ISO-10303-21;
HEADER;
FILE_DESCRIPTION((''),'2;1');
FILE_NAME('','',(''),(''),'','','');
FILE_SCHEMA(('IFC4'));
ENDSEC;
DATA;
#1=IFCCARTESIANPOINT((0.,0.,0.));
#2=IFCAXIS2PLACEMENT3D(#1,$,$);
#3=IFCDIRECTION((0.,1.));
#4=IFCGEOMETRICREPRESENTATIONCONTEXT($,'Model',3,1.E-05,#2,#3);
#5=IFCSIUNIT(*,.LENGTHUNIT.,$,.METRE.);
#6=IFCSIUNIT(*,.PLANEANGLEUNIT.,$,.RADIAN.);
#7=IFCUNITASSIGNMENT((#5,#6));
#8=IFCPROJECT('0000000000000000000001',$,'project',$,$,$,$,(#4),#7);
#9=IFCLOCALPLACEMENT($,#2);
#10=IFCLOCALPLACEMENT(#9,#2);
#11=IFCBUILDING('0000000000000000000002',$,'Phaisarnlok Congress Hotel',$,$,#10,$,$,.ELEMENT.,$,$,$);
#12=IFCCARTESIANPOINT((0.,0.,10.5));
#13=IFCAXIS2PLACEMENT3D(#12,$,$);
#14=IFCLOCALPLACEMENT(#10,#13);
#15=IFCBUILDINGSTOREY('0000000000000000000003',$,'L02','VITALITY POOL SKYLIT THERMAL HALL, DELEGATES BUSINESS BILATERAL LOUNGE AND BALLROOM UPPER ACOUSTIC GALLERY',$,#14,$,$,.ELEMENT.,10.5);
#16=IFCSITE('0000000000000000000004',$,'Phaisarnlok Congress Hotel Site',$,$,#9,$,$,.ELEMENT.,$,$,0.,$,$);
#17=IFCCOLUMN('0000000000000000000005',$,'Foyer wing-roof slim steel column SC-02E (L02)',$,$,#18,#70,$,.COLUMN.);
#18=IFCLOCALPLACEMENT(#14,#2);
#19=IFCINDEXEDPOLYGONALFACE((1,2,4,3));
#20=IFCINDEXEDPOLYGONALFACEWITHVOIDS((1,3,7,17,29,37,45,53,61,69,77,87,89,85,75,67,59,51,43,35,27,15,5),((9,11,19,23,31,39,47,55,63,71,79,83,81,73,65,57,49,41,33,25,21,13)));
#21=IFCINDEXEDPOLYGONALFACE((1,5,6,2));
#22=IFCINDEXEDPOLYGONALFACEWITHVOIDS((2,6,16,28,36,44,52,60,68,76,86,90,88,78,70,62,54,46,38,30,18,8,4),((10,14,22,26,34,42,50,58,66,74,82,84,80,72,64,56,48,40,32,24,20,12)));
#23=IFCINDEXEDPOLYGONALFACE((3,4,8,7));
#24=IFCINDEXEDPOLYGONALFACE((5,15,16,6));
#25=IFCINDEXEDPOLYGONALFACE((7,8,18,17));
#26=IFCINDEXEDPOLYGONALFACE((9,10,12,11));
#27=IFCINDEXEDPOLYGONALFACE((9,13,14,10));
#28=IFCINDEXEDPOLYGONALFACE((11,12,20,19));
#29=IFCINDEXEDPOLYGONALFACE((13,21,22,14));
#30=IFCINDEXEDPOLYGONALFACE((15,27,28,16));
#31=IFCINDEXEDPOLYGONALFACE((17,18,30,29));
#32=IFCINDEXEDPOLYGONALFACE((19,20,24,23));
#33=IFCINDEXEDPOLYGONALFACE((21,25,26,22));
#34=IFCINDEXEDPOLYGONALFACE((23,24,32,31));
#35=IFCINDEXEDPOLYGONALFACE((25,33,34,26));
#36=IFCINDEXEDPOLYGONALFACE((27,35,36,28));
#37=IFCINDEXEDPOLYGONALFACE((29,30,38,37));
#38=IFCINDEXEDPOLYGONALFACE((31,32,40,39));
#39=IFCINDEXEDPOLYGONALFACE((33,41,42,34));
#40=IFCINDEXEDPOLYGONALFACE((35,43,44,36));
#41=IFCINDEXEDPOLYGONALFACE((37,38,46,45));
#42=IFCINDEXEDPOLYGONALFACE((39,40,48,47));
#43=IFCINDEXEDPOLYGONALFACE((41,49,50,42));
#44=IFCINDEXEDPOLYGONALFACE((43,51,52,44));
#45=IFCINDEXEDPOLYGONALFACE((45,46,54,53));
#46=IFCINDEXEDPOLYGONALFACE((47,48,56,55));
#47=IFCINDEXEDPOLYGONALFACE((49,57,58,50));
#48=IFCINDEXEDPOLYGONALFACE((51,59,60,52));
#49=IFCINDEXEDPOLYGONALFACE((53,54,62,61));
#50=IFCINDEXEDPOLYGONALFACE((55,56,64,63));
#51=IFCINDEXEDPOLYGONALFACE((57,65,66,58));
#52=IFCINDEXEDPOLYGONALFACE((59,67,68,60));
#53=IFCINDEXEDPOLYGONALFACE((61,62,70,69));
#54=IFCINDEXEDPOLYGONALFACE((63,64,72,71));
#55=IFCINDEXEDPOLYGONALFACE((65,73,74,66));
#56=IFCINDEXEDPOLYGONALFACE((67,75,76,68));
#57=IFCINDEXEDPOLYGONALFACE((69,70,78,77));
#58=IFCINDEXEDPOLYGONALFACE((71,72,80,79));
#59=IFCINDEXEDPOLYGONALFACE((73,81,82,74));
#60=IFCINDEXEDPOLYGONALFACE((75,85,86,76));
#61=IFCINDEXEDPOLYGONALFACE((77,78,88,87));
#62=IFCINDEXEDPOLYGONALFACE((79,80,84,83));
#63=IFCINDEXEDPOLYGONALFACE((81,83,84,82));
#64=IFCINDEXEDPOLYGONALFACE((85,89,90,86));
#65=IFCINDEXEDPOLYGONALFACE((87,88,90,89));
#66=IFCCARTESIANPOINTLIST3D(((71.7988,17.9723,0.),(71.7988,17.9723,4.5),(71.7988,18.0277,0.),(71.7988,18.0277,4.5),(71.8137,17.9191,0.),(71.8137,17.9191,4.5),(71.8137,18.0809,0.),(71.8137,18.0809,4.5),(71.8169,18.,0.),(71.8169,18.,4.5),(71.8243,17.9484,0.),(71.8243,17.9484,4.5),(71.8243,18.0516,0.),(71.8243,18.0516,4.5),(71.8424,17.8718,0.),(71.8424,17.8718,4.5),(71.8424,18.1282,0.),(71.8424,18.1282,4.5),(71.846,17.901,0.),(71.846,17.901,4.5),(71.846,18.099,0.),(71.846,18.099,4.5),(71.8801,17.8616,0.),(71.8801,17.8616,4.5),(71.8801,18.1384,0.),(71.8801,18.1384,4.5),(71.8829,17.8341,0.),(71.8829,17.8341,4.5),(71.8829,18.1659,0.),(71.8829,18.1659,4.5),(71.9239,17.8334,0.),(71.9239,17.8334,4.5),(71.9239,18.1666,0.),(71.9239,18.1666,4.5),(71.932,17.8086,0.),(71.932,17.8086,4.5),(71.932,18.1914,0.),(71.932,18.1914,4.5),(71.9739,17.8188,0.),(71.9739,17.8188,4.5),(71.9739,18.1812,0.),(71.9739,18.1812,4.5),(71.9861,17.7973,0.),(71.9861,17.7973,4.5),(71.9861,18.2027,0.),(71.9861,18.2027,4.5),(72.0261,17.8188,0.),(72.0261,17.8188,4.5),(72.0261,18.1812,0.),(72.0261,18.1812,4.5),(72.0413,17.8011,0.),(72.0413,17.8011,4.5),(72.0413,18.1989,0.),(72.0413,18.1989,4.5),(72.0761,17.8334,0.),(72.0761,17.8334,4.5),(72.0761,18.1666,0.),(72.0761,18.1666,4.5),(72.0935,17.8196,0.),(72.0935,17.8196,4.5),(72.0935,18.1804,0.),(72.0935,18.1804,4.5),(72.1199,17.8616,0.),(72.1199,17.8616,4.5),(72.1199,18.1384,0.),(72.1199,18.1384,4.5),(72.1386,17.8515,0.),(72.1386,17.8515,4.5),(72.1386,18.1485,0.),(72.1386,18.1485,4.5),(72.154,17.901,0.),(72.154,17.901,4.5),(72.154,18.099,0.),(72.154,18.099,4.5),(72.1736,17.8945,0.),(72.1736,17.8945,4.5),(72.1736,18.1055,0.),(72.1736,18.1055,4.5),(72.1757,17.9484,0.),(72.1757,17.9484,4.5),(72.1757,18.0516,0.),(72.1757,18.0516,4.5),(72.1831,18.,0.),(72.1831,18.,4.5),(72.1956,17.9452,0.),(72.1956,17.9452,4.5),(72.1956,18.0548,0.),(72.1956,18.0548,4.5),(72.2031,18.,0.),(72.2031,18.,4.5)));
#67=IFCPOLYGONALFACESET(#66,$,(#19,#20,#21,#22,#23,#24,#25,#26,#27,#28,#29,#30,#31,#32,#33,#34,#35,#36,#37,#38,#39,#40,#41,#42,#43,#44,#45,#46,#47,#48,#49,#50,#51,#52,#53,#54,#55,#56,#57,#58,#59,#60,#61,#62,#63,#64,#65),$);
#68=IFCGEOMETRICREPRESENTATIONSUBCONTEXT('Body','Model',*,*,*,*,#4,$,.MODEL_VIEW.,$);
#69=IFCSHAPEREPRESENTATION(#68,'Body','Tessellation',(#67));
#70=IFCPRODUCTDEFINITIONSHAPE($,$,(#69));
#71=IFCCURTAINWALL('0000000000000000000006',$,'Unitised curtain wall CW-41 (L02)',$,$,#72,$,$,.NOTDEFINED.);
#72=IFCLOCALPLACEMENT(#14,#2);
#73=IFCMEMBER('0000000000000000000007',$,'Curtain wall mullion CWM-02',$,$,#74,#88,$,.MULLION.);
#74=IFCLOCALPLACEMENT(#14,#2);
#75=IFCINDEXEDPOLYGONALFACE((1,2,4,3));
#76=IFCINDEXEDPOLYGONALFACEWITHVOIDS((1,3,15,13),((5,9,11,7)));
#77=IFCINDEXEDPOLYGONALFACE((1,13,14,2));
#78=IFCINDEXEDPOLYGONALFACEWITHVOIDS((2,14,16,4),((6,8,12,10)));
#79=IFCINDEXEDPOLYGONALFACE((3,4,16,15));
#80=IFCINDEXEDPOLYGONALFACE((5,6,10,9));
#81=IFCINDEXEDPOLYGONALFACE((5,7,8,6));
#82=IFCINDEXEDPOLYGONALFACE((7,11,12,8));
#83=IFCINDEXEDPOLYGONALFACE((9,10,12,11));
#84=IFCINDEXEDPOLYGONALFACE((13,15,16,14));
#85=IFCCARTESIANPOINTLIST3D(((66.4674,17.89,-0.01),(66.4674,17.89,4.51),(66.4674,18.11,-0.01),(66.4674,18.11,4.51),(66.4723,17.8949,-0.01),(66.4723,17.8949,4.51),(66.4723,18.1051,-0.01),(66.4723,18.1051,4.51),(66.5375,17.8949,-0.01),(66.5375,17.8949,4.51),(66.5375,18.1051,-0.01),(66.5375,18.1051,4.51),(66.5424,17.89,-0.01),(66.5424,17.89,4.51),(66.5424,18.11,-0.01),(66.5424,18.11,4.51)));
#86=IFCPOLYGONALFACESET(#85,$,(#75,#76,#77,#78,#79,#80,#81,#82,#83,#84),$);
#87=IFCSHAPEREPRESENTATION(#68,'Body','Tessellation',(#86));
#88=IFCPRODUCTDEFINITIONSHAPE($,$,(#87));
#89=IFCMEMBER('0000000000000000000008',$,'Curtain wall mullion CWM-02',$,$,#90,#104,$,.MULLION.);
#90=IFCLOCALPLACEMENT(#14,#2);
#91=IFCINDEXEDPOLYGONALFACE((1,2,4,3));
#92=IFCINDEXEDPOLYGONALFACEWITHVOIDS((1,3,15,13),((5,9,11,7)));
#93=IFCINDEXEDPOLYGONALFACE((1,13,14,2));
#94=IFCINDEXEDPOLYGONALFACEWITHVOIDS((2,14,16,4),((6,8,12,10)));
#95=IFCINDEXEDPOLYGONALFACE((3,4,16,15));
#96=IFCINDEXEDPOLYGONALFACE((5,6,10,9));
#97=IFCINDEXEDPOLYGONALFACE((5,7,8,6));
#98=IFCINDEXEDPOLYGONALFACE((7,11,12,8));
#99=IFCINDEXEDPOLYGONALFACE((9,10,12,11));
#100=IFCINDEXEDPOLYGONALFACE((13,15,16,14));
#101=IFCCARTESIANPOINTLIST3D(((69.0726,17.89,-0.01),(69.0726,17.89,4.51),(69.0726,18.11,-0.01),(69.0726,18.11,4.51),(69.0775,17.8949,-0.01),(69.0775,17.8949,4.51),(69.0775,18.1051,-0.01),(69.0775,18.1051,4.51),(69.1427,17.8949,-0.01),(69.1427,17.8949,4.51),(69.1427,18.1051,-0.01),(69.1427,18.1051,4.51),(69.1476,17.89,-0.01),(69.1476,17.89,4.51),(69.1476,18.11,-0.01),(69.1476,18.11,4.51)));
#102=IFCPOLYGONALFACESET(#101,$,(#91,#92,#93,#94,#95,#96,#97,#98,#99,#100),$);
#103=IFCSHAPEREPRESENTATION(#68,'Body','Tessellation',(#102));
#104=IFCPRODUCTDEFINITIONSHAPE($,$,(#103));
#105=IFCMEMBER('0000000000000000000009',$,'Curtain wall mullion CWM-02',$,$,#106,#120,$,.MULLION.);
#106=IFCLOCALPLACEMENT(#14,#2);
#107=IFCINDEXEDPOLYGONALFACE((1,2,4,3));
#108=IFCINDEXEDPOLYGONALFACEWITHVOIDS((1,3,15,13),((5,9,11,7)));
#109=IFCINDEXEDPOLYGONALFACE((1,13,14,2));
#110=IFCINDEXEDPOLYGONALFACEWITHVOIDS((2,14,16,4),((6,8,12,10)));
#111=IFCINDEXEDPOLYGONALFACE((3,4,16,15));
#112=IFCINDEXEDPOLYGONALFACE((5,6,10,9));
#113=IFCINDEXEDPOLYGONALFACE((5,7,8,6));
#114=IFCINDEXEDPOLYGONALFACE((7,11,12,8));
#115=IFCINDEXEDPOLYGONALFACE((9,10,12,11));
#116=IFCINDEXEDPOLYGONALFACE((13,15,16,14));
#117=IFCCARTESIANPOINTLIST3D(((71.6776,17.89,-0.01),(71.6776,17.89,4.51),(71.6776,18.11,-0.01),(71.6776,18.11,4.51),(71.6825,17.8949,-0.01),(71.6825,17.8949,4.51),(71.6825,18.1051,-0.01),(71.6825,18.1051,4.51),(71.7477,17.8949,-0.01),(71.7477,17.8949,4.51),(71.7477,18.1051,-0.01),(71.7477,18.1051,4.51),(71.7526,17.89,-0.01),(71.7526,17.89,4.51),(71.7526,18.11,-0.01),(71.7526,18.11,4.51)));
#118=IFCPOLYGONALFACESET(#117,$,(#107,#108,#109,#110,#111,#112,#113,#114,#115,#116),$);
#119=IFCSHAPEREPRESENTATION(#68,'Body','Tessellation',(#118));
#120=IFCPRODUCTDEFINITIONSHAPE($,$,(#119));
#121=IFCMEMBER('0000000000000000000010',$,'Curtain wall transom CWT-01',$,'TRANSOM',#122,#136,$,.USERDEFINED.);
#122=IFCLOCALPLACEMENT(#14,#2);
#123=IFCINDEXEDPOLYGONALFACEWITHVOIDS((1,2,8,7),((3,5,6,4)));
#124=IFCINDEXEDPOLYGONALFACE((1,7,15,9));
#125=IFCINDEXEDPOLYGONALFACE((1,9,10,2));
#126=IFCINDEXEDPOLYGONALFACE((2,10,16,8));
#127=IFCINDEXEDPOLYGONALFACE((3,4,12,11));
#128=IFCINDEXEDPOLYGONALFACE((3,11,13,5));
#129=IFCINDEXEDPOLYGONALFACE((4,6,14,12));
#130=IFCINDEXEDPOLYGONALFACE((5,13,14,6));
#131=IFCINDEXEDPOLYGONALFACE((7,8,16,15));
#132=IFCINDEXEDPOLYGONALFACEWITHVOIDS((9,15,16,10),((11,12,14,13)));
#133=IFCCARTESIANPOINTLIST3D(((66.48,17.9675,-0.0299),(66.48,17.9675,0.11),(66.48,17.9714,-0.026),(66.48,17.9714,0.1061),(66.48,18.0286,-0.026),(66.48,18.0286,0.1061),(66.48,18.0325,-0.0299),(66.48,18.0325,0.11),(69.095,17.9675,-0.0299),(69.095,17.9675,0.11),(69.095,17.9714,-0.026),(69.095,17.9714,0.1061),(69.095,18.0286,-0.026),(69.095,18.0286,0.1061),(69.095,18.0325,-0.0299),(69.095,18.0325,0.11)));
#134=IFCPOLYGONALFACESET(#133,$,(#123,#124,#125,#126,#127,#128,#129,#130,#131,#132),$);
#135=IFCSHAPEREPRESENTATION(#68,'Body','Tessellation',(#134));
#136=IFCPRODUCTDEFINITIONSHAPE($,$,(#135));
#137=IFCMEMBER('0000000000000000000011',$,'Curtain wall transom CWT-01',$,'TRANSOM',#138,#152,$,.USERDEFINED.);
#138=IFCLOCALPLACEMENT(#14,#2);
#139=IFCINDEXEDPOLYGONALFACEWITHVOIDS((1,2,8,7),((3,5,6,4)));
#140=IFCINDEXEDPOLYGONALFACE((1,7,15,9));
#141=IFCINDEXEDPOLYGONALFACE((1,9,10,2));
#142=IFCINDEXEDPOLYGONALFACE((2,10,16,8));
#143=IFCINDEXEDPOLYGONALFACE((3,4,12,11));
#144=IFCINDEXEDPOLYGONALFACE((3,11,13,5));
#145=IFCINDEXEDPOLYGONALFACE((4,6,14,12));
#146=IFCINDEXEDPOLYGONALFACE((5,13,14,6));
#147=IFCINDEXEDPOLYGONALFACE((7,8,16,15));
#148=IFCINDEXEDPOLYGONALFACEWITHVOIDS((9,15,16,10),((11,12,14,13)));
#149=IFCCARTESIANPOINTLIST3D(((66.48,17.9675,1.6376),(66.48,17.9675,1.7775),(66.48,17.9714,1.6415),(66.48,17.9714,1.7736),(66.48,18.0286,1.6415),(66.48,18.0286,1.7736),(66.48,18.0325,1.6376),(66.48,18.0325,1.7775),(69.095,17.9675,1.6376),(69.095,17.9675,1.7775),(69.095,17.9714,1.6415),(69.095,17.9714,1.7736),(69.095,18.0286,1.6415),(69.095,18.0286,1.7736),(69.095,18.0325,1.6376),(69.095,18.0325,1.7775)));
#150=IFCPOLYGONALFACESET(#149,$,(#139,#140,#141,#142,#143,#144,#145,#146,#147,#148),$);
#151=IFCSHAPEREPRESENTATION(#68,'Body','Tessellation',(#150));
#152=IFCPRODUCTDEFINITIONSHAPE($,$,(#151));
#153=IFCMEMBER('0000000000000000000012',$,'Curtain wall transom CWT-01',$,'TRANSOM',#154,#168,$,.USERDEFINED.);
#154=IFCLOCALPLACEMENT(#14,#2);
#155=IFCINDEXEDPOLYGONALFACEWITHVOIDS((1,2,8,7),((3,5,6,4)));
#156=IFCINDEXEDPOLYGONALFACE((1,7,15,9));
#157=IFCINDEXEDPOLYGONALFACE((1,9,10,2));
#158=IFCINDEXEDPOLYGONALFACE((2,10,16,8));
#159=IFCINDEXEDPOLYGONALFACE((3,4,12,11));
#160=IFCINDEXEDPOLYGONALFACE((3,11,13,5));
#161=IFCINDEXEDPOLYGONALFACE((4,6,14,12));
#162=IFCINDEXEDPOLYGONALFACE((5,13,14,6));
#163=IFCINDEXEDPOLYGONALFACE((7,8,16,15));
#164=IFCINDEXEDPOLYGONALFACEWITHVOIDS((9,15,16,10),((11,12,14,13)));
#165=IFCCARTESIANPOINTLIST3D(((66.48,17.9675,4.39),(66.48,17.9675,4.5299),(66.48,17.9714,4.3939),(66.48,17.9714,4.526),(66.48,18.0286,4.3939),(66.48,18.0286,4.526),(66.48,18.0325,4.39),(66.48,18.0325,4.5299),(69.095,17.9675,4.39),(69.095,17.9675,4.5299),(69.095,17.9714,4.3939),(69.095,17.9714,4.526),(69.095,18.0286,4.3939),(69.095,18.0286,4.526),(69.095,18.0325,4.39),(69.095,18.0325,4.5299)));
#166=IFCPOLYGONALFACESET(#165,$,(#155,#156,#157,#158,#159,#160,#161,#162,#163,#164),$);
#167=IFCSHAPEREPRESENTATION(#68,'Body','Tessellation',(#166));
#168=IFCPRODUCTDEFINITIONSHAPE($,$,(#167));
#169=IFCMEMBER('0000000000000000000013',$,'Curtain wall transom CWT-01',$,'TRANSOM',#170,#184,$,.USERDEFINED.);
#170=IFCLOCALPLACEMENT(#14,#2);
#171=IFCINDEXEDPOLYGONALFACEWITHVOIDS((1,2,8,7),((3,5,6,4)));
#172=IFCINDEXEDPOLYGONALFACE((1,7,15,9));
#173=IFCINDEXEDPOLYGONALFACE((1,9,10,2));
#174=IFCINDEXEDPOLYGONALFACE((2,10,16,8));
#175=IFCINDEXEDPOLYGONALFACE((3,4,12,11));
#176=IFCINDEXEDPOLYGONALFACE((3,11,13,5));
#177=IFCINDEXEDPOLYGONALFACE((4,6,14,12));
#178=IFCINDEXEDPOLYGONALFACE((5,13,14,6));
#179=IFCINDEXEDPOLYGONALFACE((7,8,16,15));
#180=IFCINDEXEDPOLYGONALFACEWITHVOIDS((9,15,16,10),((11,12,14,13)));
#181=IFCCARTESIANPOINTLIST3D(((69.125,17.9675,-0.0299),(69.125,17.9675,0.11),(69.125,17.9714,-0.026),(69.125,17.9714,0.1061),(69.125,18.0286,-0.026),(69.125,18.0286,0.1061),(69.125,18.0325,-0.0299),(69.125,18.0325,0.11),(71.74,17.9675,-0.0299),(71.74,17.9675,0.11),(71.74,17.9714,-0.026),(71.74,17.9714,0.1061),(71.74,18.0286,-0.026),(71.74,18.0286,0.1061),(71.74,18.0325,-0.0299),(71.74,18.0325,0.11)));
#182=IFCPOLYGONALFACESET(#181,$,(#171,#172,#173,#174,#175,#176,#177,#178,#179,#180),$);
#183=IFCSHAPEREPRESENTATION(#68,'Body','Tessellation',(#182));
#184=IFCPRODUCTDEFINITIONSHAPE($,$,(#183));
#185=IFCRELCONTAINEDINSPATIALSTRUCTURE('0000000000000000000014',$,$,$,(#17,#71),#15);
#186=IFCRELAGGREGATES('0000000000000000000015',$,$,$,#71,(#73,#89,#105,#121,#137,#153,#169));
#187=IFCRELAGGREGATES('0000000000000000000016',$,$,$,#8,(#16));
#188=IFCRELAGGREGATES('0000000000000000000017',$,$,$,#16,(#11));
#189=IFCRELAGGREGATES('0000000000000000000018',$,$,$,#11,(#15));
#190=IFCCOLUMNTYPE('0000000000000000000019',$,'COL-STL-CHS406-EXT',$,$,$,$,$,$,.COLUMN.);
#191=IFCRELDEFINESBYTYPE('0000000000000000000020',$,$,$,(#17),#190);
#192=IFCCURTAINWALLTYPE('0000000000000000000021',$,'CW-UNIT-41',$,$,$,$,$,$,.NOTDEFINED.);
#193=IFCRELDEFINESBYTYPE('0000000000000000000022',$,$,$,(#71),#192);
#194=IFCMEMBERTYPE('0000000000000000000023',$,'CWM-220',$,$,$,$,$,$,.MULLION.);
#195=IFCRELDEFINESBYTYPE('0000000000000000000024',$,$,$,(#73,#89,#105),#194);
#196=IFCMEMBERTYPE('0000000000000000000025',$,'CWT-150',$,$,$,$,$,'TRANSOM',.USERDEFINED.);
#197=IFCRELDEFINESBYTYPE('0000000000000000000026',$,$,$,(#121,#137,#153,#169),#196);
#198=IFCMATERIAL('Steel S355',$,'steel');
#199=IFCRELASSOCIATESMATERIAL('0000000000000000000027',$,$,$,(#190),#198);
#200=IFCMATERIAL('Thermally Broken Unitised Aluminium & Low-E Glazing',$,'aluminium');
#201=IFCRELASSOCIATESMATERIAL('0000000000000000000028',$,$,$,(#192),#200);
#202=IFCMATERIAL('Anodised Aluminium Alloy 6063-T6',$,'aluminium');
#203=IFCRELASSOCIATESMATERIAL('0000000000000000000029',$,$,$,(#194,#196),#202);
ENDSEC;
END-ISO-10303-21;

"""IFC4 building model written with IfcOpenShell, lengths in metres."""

from ifc_helpers import new_model, si_unit, direction, frame, origin, origin_2d, place, context, subcontext, project, spatial, hollow_rectangle, hollow_circle, extrude, material, material_profile, profile_set, type_object, element, aggregate, save


model = new_model("IFC4")

# Units and contexts
model_context = context("Model", 3, precision=1e-05, world=origin(), true_north=direction((0.0, 1.0)))
body_context = subcontext(model_context, "Body", "Model", "MODEL_VIEW")
ifc_project = project(units=[si_unit("LENGTHUNIT", "METRE"), si_unit("PLANEANGLEUNIT", "RADIAN")], contexts=[model_context])

# Site, building, storey
site_placement = place(None, origin())
site = spatial("IfcSite", under=ifc_project, at=site_placement, Name="Phaisarnlok Congress Hotel Site", CompositionType="ELEMENT", RefElevation=0.0)
building_placement = place(site_placement, origin())
building = spatial("IfcBuilding", under=site, at=building_placement, Name="Phaisarnlok Congress Hotel", CompositionType="ELEMENT")
storey_placement = place(building_placement, frame((0.0, 0.0, 10.5)))
storey = spatial("IfcBuildingStorey", under=building, at=storey_placement, Name="L02", Description="VITALITY POOL SKYLIT THERMAL HALL, DELEGATES BUSINESS BILATERAL LOUNGE AND BALLROOM UPPER ACOUSTIC GALLERY", CompositionType="ELEMENT", Elevation=10.5)

# Column
ifc_material_1 = material(Name="Steel S355", Category="steel")
ifc_material_profile_1 = material_profile(ifc_material_1, hollow_circle(Radius=0.2031, WallThickness=0.02, at=origin_2d()), Name="CHS 406.4x20")
ifc_profile_set_1 = profile_set([ifc_material_profile_1], Name="Steel S355")
column_type = type_object("IfcColumnType", Name="COL-STL-CHS406-EXT", PredefinedType="COLUMN", material=ifc_profile_set_1)
column_placement = place(storey_placement, frame((72.0, 18.0, 0.0), z_axis=(0.0, 0.0, 1.0), x_axis=(1.0, 0.0, 0.0)))
element("IfcColumn", 1, at=column_placement, inside=storey, type_object=column_type, Name="Foyer wing-roof slim steel column SC-02E (L02)", PredefinedType="COLUMN", context=body_context, shape_type="SweptSolid", body=[
    extrude(hollow_circle(Radius=0.2031, WallThickness=0.02, at=origin_2d()), origin(), (0.0, 0.0, 1.0), 4.5),
])

# Curtain wall, members
ifc_material_2 = material(Name="Thermally Broken Unitised Aluminium & Low-E Glazing", Category="aluminium")
curtain_wall_type_1 = type_object("IfcCurtainWallType", Name="CW-UNIT-41", PredefinedType="NOTDEFINED", material=ifc_material_2)
curtain_wall_1_placement = place(storey_placement, origin())
curtain_wall_1 = element("IfcCurtainWall", 2, at=curtain_wall_1_placement, inside=storey, type_object=curtain_wall_type_1, Name="Unitised curtain wall CW-41 (L02)", PredefinedType="NOTDEFINED")
ifc_material_3 = material(Name="Anodised Aluminium Alloy 6063-T6", Category="aluminium")
ifc_material_profile_2 = material_profile(ifc_material_3, hollow_rectangle(XDim=0.075, YDim=0.22, WallThickness=0.0049, at=origin_2d()), Name="ALU-M 75x220x5")
ifc_profile_set_2 = profile_set([ifc_material_profile_2], Name="Anodised Aluminium Alloy 6063-T6")
member_type_1 = type_object("IfcMemberType", Name="CWM-220", PredefinedType="MULLION", material=ifc_profile_set_2)
member_1_placement = place(storey_placement, frame((66.5049, 18.0, -0.01), z_axis=(0.0, 0.0, 1.0), x_axis=(1.0, 0.0, 0.0)))
member_1 = element("IfcMember", 3, at=member_1_placement, type_object=member_type_1, Name="Curtain wall mullion CWM-02", PredefinedType="MULLION", context=body_context, shape_type="SweptSolid", body=[
    extrude(hollow_rectangle(XDim=0.075, YDim=0.22, WallThickness=0.0049, at=origin_2d()), origin(), (0.0, 0.0, 1.0), 4.52),
])
member_2_placement = place(storey_placement, frame((69.1101, 18.0, -0.01), z_axis=(0.0, 0.0, 1.0), x_axis=(1.0, 0.0, 0.0)))
member_2 = element("IfcMember", 4, at=member_2_placement, type_object=member_type_1, Name="Curtain wall mullion CWM-02", PredefinedType="MULLION", context=body_context, shape_type="SweptSolid", body=[
    extrude(hollow_rectangle(XDim=0.075, YDim=0.22, WallThickness=0.0049, at=origin_2d()), origin(), (0.0, 0.0, 1.0), 4.52),
])
member_3_placement = place(storey_placement, frame((71.7151, 18.0, -0.01), z_axis=(0.0, 0.0, 1.0), x_axis=(1.0, 0.0, 0.0)))
member_3 = element("IfcMember", 5, at=member_3_placement, type_object=member_type_1, Name="Curtain wall mullion CWM-02", PredefinedType="MULLION", context=body_context, shape_type="SweptSolid", body=[
    extrude(hollow_rectangle(XDim=0.075, YDim=0.22, WallThickness=0.0049, at=origin_2d()), origin(), (0.0, 0.0, 1.0), 4.52),
])
ifc_material_profile_3 = material_profile(ifc_material_3, hollow_rectangle(XDim=0.0649, YDim=0.1399, WallThickness=0.0039, at=origin_2d()), Name="ALU-T 65x140x4")
ifc_profile_set_3 = profile_set([ifc_material_profile_3], Name="Anodised Aluminium Alloy 6063-T6")
member_type_2 = type_object("IfcMemberType", Name="CWT-150", ElementType="TRANSOM", PredefinedType="USERDEFINED", material=ifc_profile_set_3)
member_4_placement = place(storey_placement, frame((66.48, 18.0, 0.04), z_axis=(1.0, 0.0, 0.0), x_axis=(0.0, 1.0, 0.0)))
member_4 = element("IfcMember", 6, at=member_4_placement, type_object=member_type_2, Name="Curtain wall transom CWT-01", ObjectType="TRANSOM", PredefinedType="USERDEFINED", context=body_context, shape_type="SweptSolid", body=[
    extrude(hollow_rectangle(XDim=0.0649, YDim=0.1399, WallThickness=0.0039, at=origin_2d()), origin(), (0.0, 0.0, 1.0), 2.615),
])
member_5_placement = place(storey_placement, frame((66.48, 18.0, 1.7075), z_axis=(1.0, 0.0, 0.0), x_axis=(0.0, 1.0, 0.0)))
member_5 = element("IfcMember", 7, at=member_5_placement, type_object=member_type_2, Name="Curtain wall transom CWT-01", ObjectType="TRANSOM", PredefinedType="USERDEFINED", context=body_context, shape_type="SweptSolid", body=[
    extrude(hollow_rectangle(XDim=0.0649, YDim=0.1399, WallThickness=0.0039, at=origin_2d()), origin(), (0.0, 0.0, 1.0), 2.615),
])
member_6_placement = place(storey_placement, frame((66.48, 18.0, 4.46), z_axis=(1.0, 0.0, 0.0), x_axis=(0.0, 1.0, 0.0)))
member_6 = element("IfcMember", 8, at=member_6_placement, type_object=member_type_2, Name="Curtain wall transom CWT-01", ObjectType="TRANSOM", PredefinedType="USERDEFINED", context=body_context, shape_type="SweptSolid", body=[
    extrude(hollow_rectangle(XDim=0.0649, YDim=0.1399, WallThickness=0.0039, at=origin_2d()), origin(), (0.0, 0.0, 1.0), 2.615),
])
member_7_placement = place(storey_placement, frame((69.125, 18.0, 0.04), z_axis=(1.0, 0.0, 0.0), x_axis=(0.0, 1.0, 0.0)))
member_7 = element("IfcMember", 9, at=member_7_placement, type_object=member_type_2, Name="Curtain wall transom CWT-01", ObjectType="TRANSOM", PredefinedType="USERDEFINED", context=body_context, shape_type="SweptSolid", body=[
    extrude(hollow_rectangle(XDim=0.0649, YDim=0.1399, WallThickness=0.0039, at=origin_2d()), origin(), (0.0, 0.0, 1.0), 2.615),
])

aggregate(curtain_wall_1, [member_1, member_2, member_3, member_4, member_5, member_6, member_7])

save(model, "model.ifc")
